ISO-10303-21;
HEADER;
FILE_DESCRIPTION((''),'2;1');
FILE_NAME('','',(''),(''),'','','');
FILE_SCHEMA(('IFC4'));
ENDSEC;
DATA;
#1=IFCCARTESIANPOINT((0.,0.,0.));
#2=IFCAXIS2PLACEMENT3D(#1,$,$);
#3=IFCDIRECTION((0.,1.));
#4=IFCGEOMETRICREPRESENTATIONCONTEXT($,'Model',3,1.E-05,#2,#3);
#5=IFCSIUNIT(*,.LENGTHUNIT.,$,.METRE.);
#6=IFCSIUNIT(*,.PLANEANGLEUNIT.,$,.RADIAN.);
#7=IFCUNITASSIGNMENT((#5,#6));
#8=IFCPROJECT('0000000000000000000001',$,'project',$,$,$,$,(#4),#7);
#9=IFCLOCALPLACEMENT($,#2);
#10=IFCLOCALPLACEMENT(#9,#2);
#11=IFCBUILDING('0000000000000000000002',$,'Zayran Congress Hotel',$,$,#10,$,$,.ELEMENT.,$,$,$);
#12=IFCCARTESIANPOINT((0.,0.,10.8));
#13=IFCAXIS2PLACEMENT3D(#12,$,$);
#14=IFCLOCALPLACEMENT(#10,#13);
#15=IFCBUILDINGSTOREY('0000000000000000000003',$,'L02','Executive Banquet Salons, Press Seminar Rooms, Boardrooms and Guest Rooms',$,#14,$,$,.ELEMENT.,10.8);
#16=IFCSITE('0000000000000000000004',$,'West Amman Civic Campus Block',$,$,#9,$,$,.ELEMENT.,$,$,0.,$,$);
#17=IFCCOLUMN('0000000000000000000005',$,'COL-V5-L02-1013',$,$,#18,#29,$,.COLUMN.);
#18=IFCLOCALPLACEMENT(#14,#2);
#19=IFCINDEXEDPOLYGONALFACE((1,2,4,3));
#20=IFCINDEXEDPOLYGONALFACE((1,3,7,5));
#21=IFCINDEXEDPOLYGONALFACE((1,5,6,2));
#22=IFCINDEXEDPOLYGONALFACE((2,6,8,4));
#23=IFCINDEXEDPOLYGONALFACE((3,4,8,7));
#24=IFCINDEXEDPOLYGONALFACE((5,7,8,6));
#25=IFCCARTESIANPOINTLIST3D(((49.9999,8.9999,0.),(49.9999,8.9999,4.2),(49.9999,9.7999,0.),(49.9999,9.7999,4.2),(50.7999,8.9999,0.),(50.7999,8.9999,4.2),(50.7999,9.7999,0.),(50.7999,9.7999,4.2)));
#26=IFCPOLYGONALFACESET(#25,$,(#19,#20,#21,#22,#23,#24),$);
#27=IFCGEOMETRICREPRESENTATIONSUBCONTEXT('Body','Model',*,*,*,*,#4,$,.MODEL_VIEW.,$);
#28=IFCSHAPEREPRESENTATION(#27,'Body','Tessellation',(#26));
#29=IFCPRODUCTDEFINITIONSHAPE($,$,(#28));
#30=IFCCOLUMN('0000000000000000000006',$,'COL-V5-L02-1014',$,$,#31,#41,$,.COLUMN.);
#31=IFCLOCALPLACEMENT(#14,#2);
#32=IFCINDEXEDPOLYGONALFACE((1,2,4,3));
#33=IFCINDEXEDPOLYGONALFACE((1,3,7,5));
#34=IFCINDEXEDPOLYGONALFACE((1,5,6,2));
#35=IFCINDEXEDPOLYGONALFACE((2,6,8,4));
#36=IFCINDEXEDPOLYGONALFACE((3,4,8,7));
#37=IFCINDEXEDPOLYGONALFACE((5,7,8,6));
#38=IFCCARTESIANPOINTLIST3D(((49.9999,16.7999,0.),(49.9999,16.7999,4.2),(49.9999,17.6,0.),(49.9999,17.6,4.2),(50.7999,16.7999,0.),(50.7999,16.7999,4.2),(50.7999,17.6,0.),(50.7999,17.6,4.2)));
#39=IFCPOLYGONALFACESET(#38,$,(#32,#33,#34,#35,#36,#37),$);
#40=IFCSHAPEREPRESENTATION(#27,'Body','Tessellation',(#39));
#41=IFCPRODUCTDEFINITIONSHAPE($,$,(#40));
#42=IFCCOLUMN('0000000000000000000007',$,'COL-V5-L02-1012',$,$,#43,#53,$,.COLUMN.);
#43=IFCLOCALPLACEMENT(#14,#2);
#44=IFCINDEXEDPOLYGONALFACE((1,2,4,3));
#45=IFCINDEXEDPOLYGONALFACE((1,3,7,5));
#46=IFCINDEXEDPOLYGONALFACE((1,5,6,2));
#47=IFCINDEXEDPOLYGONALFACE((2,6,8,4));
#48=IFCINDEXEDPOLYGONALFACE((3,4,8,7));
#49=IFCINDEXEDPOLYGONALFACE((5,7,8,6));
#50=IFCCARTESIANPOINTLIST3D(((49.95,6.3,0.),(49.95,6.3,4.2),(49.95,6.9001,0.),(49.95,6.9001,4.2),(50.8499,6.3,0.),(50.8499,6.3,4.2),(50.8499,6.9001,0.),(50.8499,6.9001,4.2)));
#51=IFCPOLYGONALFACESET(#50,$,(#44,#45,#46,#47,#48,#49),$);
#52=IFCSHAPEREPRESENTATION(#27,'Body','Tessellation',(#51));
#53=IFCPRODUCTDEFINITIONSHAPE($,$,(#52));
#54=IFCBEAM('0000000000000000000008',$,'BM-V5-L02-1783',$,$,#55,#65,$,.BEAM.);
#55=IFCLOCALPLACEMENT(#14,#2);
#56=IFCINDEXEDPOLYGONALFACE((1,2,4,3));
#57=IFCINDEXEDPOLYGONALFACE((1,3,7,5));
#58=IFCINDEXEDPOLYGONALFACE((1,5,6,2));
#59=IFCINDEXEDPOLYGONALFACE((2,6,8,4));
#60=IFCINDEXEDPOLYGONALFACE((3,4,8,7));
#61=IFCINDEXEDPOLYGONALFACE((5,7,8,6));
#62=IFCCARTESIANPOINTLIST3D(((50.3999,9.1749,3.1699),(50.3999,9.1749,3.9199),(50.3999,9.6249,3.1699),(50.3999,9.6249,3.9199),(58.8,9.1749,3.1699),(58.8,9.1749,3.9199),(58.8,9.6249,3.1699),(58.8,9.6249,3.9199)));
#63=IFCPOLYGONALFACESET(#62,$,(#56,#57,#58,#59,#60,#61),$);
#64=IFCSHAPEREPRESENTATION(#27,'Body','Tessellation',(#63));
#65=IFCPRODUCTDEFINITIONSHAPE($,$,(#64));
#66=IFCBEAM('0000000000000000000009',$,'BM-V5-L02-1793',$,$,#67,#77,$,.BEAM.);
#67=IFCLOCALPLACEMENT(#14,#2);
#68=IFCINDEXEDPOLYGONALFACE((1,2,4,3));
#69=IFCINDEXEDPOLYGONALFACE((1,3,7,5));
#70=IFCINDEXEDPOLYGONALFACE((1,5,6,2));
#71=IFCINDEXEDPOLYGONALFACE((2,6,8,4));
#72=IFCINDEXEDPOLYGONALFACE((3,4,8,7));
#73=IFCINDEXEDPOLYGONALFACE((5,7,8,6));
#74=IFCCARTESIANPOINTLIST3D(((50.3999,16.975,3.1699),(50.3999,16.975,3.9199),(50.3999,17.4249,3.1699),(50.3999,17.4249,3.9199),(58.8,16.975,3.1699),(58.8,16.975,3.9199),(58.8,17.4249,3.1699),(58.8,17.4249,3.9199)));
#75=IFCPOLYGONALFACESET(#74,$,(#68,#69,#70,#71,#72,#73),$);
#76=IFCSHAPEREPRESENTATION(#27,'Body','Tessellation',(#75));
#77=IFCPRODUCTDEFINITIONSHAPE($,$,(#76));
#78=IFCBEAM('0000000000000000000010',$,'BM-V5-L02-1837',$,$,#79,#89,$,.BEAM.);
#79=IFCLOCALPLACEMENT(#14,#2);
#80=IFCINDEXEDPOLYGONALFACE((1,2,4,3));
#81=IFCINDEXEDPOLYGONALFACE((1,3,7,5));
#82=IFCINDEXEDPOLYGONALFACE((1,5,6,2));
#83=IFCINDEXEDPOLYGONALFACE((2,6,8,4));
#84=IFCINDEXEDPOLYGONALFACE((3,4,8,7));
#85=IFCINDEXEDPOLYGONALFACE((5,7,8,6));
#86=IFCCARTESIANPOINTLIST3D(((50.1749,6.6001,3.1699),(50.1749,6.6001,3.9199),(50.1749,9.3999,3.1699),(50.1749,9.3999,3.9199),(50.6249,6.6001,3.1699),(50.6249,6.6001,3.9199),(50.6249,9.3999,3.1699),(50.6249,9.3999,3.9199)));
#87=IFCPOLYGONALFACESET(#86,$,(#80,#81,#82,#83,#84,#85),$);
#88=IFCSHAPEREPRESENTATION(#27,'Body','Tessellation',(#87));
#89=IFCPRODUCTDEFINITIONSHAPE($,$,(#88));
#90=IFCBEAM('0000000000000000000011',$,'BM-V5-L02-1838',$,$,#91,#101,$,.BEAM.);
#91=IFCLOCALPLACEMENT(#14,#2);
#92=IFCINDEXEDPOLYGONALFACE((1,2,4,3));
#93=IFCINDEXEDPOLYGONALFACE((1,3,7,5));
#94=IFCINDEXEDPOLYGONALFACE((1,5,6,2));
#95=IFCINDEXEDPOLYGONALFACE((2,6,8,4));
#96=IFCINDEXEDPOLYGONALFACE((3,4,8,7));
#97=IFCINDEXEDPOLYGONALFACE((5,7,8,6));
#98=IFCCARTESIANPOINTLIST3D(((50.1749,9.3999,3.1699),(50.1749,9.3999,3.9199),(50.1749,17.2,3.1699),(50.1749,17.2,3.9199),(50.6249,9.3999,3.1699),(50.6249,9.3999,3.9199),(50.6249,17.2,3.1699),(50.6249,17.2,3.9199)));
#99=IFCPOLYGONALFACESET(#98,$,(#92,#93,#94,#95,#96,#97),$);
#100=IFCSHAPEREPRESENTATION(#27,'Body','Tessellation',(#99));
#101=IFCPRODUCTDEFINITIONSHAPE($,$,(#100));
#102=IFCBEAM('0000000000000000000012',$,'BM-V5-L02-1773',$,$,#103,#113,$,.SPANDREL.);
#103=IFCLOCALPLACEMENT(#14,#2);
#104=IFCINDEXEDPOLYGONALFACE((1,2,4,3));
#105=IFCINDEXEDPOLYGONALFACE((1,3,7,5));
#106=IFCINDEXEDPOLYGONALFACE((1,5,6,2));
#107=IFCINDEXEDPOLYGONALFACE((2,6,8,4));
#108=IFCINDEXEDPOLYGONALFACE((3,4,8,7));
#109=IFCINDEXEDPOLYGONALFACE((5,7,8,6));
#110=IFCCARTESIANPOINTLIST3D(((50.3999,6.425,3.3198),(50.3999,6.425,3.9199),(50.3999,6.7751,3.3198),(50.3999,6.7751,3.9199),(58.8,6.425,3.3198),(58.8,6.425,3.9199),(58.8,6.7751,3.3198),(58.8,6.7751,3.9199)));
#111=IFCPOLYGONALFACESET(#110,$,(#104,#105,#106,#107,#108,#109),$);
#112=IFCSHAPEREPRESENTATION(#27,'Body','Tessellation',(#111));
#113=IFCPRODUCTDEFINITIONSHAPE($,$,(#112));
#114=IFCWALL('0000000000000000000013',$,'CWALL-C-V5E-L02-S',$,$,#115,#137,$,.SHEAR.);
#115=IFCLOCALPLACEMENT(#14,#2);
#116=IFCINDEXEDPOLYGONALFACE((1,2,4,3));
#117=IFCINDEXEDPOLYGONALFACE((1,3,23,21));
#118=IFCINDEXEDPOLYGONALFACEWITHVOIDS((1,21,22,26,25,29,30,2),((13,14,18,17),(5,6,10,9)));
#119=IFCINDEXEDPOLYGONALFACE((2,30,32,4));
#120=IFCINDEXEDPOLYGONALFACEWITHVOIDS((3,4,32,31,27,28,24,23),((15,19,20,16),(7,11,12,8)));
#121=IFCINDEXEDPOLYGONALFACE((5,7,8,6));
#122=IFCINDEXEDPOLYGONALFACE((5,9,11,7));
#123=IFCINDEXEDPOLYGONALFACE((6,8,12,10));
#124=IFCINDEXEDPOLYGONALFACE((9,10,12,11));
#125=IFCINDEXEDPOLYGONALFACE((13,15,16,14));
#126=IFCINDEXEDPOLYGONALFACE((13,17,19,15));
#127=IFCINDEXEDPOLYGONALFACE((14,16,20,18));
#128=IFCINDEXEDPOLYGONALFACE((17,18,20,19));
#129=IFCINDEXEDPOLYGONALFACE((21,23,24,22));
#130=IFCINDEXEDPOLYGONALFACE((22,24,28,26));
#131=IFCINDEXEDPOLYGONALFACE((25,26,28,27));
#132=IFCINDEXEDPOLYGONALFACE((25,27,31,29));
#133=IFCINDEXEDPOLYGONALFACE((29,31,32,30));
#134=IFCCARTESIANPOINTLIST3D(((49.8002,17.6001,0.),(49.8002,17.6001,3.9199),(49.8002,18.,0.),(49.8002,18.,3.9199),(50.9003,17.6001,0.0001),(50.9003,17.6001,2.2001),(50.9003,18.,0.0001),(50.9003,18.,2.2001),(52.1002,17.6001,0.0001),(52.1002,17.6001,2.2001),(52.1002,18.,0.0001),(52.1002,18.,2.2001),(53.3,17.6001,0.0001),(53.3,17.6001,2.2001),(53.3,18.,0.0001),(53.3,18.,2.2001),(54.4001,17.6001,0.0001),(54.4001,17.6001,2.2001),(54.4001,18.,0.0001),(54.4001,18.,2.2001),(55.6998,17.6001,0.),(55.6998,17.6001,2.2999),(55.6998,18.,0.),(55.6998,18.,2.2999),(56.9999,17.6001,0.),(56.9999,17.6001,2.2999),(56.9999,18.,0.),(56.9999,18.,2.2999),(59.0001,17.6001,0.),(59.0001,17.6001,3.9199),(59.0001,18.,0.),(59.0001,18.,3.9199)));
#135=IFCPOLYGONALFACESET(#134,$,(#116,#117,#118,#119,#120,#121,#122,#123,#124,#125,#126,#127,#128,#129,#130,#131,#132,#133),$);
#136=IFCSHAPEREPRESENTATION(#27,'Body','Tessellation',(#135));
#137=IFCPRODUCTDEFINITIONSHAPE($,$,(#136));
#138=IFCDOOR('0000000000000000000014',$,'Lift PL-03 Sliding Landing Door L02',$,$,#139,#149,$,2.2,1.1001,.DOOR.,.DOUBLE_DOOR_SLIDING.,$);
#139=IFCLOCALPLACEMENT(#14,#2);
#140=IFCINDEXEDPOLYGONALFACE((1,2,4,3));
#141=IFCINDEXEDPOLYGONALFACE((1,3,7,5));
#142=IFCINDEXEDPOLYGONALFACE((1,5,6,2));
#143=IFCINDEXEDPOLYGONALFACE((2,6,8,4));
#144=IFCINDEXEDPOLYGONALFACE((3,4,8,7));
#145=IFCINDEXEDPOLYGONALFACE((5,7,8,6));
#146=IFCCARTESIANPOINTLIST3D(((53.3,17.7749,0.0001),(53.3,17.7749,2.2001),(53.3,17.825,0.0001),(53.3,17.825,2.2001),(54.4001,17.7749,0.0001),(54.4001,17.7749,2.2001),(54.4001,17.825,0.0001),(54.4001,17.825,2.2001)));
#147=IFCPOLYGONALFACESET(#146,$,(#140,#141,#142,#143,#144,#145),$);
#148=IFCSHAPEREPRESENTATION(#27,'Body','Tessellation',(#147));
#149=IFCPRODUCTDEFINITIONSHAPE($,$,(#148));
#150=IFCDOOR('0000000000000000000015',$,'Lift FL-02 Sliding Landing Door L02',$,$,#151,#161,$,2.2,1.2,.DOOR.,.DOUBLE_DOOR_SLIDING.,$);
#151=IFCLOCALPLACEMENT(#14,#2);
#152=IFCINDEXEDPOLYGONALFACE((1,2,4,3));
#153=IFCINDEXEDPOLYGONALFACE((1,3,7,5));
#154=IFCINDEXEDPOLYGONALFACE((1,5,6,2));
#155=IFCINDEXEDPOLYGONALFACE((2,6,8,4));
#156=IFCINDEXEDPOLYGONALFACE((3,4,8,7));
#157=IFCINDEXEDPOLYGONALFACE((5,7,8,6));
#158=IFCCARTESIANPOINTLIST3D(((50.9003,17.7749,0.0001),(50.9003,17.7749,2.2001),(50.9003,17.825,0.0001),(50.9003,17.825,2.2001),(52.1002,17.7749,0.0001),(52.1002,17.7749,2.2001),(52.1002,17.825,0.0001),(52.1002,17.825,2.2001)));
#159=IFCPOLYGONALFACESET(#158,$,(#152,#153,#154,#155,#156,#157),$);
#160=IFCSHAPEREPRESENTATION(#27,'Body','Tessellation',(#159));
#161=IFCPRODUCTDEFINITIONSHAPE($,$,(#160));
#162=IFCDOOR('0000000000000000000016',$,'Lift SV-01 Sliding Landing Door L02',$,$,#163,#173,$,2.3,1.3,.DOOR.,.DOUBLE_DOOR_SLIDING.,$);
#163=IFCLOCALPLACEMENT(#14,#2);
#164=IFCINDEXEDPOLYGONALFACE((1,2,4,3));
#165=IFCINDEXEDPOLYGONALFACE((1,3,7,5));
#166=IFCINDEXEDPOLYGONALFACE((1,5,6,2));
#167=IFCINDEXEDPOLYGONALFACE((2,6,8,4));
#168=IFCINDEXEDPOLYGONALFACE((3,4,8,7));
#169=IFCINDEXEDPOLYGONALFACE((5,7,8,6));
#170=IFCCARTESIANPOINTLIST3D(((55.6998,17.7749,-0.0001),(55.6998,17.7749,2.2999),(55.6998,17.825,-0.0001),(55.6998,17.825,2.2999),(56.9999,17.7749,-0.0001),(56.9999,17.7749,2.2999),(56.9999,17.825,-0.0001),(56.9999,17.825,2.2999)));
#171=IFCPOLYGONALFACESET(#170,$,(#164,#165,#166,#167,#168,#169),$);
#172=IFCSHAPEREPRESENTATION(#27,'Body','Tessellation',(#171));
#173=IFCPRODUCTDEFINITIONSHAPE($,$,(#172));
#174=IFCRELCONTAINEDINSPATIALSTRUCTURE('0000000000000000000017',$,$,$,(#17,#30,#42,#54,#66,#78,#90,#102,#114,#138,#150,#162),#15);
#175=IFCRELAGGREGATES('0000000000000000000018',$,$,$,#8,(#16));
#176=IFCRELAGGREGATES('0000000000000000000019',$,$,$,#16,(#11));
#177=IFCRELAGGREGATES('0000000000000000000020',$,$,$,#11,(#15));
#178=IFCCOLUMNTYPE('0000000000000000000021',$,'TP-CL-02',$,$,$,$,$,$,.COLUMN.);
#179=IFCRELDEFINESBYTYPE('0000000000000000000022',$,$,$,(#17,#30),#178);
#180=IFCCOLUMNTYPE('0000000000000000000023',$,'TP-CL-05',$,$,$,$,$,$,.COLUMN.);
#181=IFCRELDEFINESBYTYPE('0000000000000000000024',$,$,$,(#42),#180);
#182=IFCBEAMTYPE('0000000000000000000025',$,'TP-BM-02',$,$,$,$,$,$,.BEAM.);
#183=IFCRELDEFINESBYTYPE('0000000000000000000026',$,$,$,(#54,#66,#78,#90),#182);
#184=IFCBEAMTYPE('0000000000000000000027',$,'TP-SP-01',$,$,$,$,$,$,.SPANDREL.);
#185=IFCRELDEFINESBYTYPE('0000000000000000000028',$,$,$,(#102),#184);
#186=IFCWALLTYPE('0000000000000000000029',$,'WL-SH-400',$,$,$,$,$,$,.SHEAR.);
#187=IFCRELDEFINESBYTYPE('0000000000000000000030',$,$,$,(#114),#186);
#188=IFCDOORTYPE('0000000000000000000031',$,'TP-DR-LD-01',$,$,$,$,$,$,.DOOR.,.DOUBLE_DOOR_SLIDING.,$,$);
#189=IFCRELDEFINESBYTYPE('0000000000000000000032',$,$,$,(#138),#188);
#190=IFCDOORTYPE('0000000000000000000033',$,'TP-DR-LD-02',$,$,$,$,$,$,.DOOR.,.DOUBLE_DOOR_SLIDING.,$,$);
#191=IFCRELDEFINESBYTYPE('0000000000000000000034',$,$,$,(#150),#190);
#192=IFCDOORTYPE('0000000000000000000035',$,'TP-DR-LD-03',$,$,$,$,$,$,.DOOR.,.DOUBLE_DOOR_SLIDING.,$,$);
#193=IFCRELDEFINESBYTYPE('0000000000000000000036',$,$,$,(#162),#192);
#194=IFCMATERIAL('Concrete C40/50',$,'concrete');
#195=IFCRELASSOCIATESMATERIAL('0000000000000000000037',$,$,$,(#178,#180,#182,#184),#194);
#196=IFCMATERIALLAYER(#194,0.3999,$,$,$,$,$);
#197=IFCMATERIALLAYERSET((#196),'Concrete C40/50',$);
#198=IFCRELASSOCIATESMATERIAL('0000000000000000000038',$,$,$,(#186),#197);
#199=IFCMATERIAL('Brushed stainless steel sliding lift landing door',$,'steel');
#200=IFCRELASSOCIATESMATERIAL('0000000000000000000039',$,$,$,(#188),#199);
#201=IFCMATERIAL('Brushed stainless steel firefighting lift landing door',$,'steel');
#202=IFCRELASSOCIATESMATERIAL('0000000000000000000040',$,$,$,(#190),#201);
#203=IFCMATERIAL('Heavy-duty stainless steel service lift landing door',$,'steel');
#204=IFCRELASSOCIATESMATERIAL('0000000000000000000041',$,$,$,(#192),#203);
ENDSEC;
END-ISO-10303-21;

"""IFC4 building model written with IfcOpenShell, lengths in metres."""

from ifc_helpers import new_model, si_unit, direction, frame, frame_2d, origin, origin_2d, place, context, subcontext, project, spatial, rectangle, extrude, material, layer, layer_set, material_profile, profile_set, type_object, element, fill, save


model = new_model("IFC4")

# Units and contexts
model_context = context("Model", 3, precision=1e-05, world=origin(), true_north=direction((0.0, 1.0)))
body_context = subcontext(model_context, "Body", "Model", "MODEL_VIEW")
ifc_project = project(units=[si_unit("LENGTHUNIT", "METRE"), si_unit("PLANEANGLEUNIT", "RADIAN")], contexts=[model_context])

# Site, building, storey
site_placement = place(None, origin())
site = spatial("IfcSite", under=ifc_project, at=site_placement, Name="West Amman Civic Campus Block", CompositionType="ELEMENT", RefElevation=0.0)
building_placement = place(site_placement, origin())
building = spatial("IfcBuilding", under=site, at=building_placement, Name="Zayran Congress Hotel", CompositionType="ELEMENT")
storey_placement = place(building_placement, frame((0.0, 0.0, 10.8)))
storey = spatial("IfcBuildingStorey", under=building, at=storey_placement, Name="L02", Description="Executive Banquet Salons, Press Seminar Rooms, Boardrooms and Guest Rooms", CompositionType="ELEMENT", Elevation=10.8)

# Columns
ifc_material_1 = material(Name="Concrete C40/50", Category="concrete")
ifc_material_profile_1 = material_profile(ifc_material_1, rectangle(XDim=0.8, YDim=0.8, at=origin_2d()), Name="RC 800x800")
ifc_profile_set_1 = profile_set([ifc_material_profile_1], Name="Concrete C40/50")
column_type_1 = type_object("IfcColumnType", Name="TP-CL-02", PredefinedType="COLUMN", material=ifc_profile_set_1)
for number, where, z_axis, x_axis, name in (
    (1, (50.3999, 9.3999, 0.0), (0.0, 0.0, 1.0), (1.0, 0.0, 0.0), "COL-V5-L02-1013"),
    (2, (50.3999, 17.2, 0.0), (0.0, 0.0, 1.0), (1.0, 0.0, 0.0), "COL-V5-L02-1014"),
):
    element("IfcColumn", number, at=place(storey_placement, frame(where, z_axis=z_axis, x_axis=x_axis)), inside=storey, type_object=column_type_1, Name=name, PredefinedType="COLUMN", context=body_context, shape_type="SweptSolid", body=[
        extrude(rectangle(XDim=0.8, YDim=0.8, at=origin_2d()), origin(), (0.0, 0.0, 1.0), 4.2),
    ])
ifc_material_profile_2 = material_profile(ifc_material_1, rectangle(XDim=0.6001, YDim=0.8999, at=origin_2d()), Name="RC 900x600")
ifc_profile_set_2 = profile_set([ifc_material_profile_2], Name="Concrete C40/50")
column_type_2 = type_object("IfcColumnType", Name="TP-CL-05", PredefinedType="COLUMN", material=ifc_profile_set_2)
column_placement = place(storey_placement, frame((50.3999, 6.6001, 0.0), z_axis=(0.0, 0.0, 1.0), x_axis=(0.0, 1.0, 0.0)))
element("IfcColumn", 3, at=column_placement, inside=storey, type_object=column_type_2, Name="COL-V5-L02-1012", PredefinedType="COLUMN", context=body_context, shape_type="SweptSolid", body=[
    extrude(rectangle(XDim=0.6001, YDim=0.8999, at=origin_2d()), origin(), (0.0, 0.0, 1.0), 4.2),
])

# Beams
ifc_material_profile_3 = material_profile(ifc_material_1, rectangle(XDim=0.45, YDim=0.75, at=origin_2d()), Name="RC 450x750")
ifc_profile_set_3 = profile_set([ifc_material_profile_3], Name="Concrete C40/50")
beam_type_1 = type_object("IfcBeamType", Name="TP-BM-02", PredefinedType="BEAM", material=ifc_profile_set_3)
for number, where, z_axis, x_axis, name in (
    (4, (50.3999, 9.3999, 3.5449), (1.0, 0.0, 0.0), (0.0, 1.0, 0.0), "BM-V5-L02-1783"),
    (5, (50.3999, 17.2, 3.5449), (1.0, 0.0, 0.0), (0.0, 1.0, 0.0), "BM-V5-L02-1793"),
):
    element("IfcBeam", number, at=place(storey_placement, frame(where, z_axis=z_axis, x_axis=x_axis)), inside=storey, type_object=beam_type_1, Name=name, PredefinedType="BEAM", context=body_context, shape_type="SweptSolid", body=[
        extrude(rectangle(XDim=0.45, YDim=0.75, at=origin_2d()), origin(), (0.0, 0.0, 1.0), 8.4001),
    ])
beam_1_placement = place(storey_placement, frame((50.3999, 6.6001, 3.5449), z_axis=(0.0, 1.0, 0.0), x_axis=(-1.0, 0.0, 0.0)))
element("IfcBeam", 6, at=beam_1_placement, inside=storey, type_object=beam_type_1, Name="BM-V5-L02-1837", PredefinedType="BEAM", context=body_context, shape_type="SweptSolid", body=[
    extrude(rectangle(XDim=0.45, YDim=0.75, at=origin_2d()), origin(), (0.0, 0.0, 1.0), 2.7998),
])
beam_2_placement = place(storey_placement, frame((50.3999, 9.3999, 3.5449), z_axis=(0.0, 1.0, 0.0), x_axis=(-1.0, 0.0, 0.0)))
element("IfcBeam", 7, at=beam_2_placement, inside=storey, type_object=beam_type_1, Name="BM-V5-L02-1838", PredefinedType="BEAM", context=body_context, shape_type="SweptSolid", body=[
    extrude(rectangle(XDim=0.45, YDim=0.75, at=origin_2d()), origin(), (0.0, 0.0, 1.0), 7.8),
])
ifc_material_profile_4 = material_profile(ifc_material_1, rectangle(XDim=0.3501, YDim=0.6001, at=origin_2d()), Name="RC 350x600")
ifc_profile_set_4 = profile_set([ifc_material_profile_4], Name="Concrete C40/50")
beam_type_2 = type_object("IfcBeamType", Name="TP-SP-01", PredefinedType="SPANDREL", material=ifc_profile_set_4)
beam_3_placement = place(storey_placement, frame((50.3999, 6.6001, 3.6199), z_axis=(1.0, 0.0, 0.0), x_axis=(0.0, 1.0, 0.0)))
element("IfcBeam", 8, at=beam_3_placement, inside=storey, type_object=beam_type_2, Name="BM-V5-L02-1773", PredefinedType="SPANDREL", context=body_context, shape_type="SweptSolid", body=[
    extrude(rectangle(XDim=0.3501, YDim=0.6001, at=origin_2d()), origin(), (0.0, 0.0, 1.0), 8.4001),
])

# Wall, openings, doors
ifc_layer_1 = layer(ifc_material_1, 0.3999)
ifc_layer_set_1 = layer_set([ifc_layer_1], Name="Concrete C40/50")
wall_type_1 = type_object("IfcWallType", Name="WL-SH-400", PredefinedType="SHEAR", material=ifc_layer_set_1)
wall_1_placement = place(storey_placement, frame((49.8, 17.8, 0.0), z_axis=(0.0, 0.0, 1.0), x_axis=(1.0, 0.0, 0.0)))
wall_1 = element("IfcWall", 9, at=wall_1_placement, inside=storey, type_object=wall_type_1, Name="CWALL-C-V5E-L02-S", PredefinedType="SHEAR", context=body_context, shape_type="SweptSolid", body=[
    extrude(rectangle(XDim=9.2, YDim=0.3999, at=frame_2d((4.6001, 0.0))), origin(), (0.0, 0.0, 1.0), 3.9199),
])
opening_1_placement = place(wall_1_placement, frame((1.1001, 0.0, 0.0)))
opening_1 = element("IfcOpeningElement", 10, at=opening_1_placement, cuts=wall_1, PredefinedType="OPENING", context=body_context, shape_type="SweptSolid", body=[
    extrude(rectangle(XDim=1.2, YDim=2.2, at=frame_2d((0.6001, 1.1001))), frame((0.0, 0.21, 0.0), z_axis=(0.0, -1.0, 0.0), x_axis=(1.0, 0.0, 0.0)), (0.0, 0.0, 1.0), 0.4199),
])
opening_2_placement = place(wall_1_placement, frame((3.5, 0.0, 0.0)))
opening_2 = element("IfcOpeningElement", 11, at=opening_2_placement, cuts=wall_1, PredefinedType="OPENING", context=body_context, shape_type="SweptSolid", body=[
    extrude(rectangle(XDim=1.1001, YDim=2.2, at=frame_2d((0.55, 1.1001))), frame((0.0, 0.21, 0.0), z_axis=(0.0, -1.0, 0.0), x_axis=(1.0, 0.0, 0.0)), (0.0, 0.0, 1.0), 0.4199),
])
opening_3_placement = place(wall_1_placement, frame((5.8999, 0.0, 0.0)))
opening_3 = element("IfcOpeningElement", 12, at=opening_3_placement, cuts=wall_1, PredefinedType="OPENING", context=body_context, shape_type="SweptSolid", body=[
    extrude(rectangle(XDim=1.3, YDim=2.3, at=frame_2d((0.6499, 1.1499))), frame((0.0, 0.21, 0.0), z_axis=(0.0, -1.0, 0.0), x_axis=(1.0, 0.0, 0.0)), (0.0, 0.0, 1.0), 0.4199),
])
ifc_material_2 = material(Name="Brushed stainless steel sliding lift landing door", Category="steel")
door_type_1 = type_object("IfcDoorType", Name="TP-DR-LD-01", OperationType="DOUBLE_DOOR_SLIDING", PredefinedType="DOOR", material=ifc_material_2)
door_1_placement = place(opening_2_placement, origin())
door_1 = element("IfcDoor", 13, at=door_1_placement, inside=storey, type_object=door_type_1, Name="Lift PL-03 Sliding Landing Door L02", OperationType="DOUBLE_DOOR_SLIDING", OverallHeight=2.2, OverallWidth=1.1001, PredefinedType="DOOR", context=body_context, shape_type="SweptSolid", body=[
    extrude(rectangle(XDim=1.1001, YDim=2.2, at=frame_2d((0.55, 1.1001))), frame((0.0, 0.0249, 0.0), z_axis=(0.0, -1.0, 0.0), x_axis=(1.0, 0.0, 0.0)), (0.0, 0.0, 1.0), 0.05),
])
fill(opening_2, door_1)
ifc_material_3 = material(Name="Brushed stainless steel firefighting lift landing door", Category="steel")
door_type_2 = type_object("IfcDoorType", Name="TP-DR-LD-02", OperationType="DOUBLE_DOOR_SLIDING", PredefinedType="DOOR", material=ifc_material_3)
door_2_placement = place(opening_1_placement, origin())
door_2 = element("IfcDoor", 14, at=door_2_placement, inside=storey, type_object=door_type_2, Name="Lift FL-02 Sliding Landing Door L02", OperationType="DOUBLE_DOOR_SLIDING", OverallHeight=2.2, OverallWidth=1.2, PredefinedType="DOOR", context=body_context, shape_type="SweptSolid", body=[
    extrude(rectangle(XDim=1.2, YDim=2.2, at=frame_2d((0.6001, 1.1001))), frame((0.0, 0.0249, 0.0), z_axis=(0.0, -1.0, 0.0), x_axis=(1.0, 0.0, 0.0)), (0.0, 0.0, 1.0), 0.05),
])
fill(opening_1, door_2)
ifc_material_4 = material(Name="Heavy-duty stainless steel service lift landing door", Category="steel")
door_type_3 = type_object("IfcDoorType", Name="TP-DR-LD-03", OperationType="DOUBLE_DOOR_SLIDING", PredefinedType="DOOR", material=ifc_material_4)
door_3_placement = place(opening_3_placement, origin())
door_3 = element("IfcDoor", 15, at=door_3_placement, inside=storey, type_object=door_type_3, Name="Lift SV-01 Sliding Landing Door L02", OperationType="DOUBLE_DOOR_SLIDING", OverallHeight=2.3, OverallWidth=1.3, PredefinedType="DOOR", context=body_context, shape_type="SweptSolid", body=[
    extrude(rectangle(XDim=1.3, YDim=2.3, at=frame_2d((0.6499, 1.1499))), frame((0.0, 0.0249, 0.0), z_axis=(0.0, -1.0, 0.0), x_axis=(1.0, 0.0, 0.0)), (0.0, 0.0, 1.0), 0.05),
])
fill(opening_3, door_3)

save(model, "model.ifc")
